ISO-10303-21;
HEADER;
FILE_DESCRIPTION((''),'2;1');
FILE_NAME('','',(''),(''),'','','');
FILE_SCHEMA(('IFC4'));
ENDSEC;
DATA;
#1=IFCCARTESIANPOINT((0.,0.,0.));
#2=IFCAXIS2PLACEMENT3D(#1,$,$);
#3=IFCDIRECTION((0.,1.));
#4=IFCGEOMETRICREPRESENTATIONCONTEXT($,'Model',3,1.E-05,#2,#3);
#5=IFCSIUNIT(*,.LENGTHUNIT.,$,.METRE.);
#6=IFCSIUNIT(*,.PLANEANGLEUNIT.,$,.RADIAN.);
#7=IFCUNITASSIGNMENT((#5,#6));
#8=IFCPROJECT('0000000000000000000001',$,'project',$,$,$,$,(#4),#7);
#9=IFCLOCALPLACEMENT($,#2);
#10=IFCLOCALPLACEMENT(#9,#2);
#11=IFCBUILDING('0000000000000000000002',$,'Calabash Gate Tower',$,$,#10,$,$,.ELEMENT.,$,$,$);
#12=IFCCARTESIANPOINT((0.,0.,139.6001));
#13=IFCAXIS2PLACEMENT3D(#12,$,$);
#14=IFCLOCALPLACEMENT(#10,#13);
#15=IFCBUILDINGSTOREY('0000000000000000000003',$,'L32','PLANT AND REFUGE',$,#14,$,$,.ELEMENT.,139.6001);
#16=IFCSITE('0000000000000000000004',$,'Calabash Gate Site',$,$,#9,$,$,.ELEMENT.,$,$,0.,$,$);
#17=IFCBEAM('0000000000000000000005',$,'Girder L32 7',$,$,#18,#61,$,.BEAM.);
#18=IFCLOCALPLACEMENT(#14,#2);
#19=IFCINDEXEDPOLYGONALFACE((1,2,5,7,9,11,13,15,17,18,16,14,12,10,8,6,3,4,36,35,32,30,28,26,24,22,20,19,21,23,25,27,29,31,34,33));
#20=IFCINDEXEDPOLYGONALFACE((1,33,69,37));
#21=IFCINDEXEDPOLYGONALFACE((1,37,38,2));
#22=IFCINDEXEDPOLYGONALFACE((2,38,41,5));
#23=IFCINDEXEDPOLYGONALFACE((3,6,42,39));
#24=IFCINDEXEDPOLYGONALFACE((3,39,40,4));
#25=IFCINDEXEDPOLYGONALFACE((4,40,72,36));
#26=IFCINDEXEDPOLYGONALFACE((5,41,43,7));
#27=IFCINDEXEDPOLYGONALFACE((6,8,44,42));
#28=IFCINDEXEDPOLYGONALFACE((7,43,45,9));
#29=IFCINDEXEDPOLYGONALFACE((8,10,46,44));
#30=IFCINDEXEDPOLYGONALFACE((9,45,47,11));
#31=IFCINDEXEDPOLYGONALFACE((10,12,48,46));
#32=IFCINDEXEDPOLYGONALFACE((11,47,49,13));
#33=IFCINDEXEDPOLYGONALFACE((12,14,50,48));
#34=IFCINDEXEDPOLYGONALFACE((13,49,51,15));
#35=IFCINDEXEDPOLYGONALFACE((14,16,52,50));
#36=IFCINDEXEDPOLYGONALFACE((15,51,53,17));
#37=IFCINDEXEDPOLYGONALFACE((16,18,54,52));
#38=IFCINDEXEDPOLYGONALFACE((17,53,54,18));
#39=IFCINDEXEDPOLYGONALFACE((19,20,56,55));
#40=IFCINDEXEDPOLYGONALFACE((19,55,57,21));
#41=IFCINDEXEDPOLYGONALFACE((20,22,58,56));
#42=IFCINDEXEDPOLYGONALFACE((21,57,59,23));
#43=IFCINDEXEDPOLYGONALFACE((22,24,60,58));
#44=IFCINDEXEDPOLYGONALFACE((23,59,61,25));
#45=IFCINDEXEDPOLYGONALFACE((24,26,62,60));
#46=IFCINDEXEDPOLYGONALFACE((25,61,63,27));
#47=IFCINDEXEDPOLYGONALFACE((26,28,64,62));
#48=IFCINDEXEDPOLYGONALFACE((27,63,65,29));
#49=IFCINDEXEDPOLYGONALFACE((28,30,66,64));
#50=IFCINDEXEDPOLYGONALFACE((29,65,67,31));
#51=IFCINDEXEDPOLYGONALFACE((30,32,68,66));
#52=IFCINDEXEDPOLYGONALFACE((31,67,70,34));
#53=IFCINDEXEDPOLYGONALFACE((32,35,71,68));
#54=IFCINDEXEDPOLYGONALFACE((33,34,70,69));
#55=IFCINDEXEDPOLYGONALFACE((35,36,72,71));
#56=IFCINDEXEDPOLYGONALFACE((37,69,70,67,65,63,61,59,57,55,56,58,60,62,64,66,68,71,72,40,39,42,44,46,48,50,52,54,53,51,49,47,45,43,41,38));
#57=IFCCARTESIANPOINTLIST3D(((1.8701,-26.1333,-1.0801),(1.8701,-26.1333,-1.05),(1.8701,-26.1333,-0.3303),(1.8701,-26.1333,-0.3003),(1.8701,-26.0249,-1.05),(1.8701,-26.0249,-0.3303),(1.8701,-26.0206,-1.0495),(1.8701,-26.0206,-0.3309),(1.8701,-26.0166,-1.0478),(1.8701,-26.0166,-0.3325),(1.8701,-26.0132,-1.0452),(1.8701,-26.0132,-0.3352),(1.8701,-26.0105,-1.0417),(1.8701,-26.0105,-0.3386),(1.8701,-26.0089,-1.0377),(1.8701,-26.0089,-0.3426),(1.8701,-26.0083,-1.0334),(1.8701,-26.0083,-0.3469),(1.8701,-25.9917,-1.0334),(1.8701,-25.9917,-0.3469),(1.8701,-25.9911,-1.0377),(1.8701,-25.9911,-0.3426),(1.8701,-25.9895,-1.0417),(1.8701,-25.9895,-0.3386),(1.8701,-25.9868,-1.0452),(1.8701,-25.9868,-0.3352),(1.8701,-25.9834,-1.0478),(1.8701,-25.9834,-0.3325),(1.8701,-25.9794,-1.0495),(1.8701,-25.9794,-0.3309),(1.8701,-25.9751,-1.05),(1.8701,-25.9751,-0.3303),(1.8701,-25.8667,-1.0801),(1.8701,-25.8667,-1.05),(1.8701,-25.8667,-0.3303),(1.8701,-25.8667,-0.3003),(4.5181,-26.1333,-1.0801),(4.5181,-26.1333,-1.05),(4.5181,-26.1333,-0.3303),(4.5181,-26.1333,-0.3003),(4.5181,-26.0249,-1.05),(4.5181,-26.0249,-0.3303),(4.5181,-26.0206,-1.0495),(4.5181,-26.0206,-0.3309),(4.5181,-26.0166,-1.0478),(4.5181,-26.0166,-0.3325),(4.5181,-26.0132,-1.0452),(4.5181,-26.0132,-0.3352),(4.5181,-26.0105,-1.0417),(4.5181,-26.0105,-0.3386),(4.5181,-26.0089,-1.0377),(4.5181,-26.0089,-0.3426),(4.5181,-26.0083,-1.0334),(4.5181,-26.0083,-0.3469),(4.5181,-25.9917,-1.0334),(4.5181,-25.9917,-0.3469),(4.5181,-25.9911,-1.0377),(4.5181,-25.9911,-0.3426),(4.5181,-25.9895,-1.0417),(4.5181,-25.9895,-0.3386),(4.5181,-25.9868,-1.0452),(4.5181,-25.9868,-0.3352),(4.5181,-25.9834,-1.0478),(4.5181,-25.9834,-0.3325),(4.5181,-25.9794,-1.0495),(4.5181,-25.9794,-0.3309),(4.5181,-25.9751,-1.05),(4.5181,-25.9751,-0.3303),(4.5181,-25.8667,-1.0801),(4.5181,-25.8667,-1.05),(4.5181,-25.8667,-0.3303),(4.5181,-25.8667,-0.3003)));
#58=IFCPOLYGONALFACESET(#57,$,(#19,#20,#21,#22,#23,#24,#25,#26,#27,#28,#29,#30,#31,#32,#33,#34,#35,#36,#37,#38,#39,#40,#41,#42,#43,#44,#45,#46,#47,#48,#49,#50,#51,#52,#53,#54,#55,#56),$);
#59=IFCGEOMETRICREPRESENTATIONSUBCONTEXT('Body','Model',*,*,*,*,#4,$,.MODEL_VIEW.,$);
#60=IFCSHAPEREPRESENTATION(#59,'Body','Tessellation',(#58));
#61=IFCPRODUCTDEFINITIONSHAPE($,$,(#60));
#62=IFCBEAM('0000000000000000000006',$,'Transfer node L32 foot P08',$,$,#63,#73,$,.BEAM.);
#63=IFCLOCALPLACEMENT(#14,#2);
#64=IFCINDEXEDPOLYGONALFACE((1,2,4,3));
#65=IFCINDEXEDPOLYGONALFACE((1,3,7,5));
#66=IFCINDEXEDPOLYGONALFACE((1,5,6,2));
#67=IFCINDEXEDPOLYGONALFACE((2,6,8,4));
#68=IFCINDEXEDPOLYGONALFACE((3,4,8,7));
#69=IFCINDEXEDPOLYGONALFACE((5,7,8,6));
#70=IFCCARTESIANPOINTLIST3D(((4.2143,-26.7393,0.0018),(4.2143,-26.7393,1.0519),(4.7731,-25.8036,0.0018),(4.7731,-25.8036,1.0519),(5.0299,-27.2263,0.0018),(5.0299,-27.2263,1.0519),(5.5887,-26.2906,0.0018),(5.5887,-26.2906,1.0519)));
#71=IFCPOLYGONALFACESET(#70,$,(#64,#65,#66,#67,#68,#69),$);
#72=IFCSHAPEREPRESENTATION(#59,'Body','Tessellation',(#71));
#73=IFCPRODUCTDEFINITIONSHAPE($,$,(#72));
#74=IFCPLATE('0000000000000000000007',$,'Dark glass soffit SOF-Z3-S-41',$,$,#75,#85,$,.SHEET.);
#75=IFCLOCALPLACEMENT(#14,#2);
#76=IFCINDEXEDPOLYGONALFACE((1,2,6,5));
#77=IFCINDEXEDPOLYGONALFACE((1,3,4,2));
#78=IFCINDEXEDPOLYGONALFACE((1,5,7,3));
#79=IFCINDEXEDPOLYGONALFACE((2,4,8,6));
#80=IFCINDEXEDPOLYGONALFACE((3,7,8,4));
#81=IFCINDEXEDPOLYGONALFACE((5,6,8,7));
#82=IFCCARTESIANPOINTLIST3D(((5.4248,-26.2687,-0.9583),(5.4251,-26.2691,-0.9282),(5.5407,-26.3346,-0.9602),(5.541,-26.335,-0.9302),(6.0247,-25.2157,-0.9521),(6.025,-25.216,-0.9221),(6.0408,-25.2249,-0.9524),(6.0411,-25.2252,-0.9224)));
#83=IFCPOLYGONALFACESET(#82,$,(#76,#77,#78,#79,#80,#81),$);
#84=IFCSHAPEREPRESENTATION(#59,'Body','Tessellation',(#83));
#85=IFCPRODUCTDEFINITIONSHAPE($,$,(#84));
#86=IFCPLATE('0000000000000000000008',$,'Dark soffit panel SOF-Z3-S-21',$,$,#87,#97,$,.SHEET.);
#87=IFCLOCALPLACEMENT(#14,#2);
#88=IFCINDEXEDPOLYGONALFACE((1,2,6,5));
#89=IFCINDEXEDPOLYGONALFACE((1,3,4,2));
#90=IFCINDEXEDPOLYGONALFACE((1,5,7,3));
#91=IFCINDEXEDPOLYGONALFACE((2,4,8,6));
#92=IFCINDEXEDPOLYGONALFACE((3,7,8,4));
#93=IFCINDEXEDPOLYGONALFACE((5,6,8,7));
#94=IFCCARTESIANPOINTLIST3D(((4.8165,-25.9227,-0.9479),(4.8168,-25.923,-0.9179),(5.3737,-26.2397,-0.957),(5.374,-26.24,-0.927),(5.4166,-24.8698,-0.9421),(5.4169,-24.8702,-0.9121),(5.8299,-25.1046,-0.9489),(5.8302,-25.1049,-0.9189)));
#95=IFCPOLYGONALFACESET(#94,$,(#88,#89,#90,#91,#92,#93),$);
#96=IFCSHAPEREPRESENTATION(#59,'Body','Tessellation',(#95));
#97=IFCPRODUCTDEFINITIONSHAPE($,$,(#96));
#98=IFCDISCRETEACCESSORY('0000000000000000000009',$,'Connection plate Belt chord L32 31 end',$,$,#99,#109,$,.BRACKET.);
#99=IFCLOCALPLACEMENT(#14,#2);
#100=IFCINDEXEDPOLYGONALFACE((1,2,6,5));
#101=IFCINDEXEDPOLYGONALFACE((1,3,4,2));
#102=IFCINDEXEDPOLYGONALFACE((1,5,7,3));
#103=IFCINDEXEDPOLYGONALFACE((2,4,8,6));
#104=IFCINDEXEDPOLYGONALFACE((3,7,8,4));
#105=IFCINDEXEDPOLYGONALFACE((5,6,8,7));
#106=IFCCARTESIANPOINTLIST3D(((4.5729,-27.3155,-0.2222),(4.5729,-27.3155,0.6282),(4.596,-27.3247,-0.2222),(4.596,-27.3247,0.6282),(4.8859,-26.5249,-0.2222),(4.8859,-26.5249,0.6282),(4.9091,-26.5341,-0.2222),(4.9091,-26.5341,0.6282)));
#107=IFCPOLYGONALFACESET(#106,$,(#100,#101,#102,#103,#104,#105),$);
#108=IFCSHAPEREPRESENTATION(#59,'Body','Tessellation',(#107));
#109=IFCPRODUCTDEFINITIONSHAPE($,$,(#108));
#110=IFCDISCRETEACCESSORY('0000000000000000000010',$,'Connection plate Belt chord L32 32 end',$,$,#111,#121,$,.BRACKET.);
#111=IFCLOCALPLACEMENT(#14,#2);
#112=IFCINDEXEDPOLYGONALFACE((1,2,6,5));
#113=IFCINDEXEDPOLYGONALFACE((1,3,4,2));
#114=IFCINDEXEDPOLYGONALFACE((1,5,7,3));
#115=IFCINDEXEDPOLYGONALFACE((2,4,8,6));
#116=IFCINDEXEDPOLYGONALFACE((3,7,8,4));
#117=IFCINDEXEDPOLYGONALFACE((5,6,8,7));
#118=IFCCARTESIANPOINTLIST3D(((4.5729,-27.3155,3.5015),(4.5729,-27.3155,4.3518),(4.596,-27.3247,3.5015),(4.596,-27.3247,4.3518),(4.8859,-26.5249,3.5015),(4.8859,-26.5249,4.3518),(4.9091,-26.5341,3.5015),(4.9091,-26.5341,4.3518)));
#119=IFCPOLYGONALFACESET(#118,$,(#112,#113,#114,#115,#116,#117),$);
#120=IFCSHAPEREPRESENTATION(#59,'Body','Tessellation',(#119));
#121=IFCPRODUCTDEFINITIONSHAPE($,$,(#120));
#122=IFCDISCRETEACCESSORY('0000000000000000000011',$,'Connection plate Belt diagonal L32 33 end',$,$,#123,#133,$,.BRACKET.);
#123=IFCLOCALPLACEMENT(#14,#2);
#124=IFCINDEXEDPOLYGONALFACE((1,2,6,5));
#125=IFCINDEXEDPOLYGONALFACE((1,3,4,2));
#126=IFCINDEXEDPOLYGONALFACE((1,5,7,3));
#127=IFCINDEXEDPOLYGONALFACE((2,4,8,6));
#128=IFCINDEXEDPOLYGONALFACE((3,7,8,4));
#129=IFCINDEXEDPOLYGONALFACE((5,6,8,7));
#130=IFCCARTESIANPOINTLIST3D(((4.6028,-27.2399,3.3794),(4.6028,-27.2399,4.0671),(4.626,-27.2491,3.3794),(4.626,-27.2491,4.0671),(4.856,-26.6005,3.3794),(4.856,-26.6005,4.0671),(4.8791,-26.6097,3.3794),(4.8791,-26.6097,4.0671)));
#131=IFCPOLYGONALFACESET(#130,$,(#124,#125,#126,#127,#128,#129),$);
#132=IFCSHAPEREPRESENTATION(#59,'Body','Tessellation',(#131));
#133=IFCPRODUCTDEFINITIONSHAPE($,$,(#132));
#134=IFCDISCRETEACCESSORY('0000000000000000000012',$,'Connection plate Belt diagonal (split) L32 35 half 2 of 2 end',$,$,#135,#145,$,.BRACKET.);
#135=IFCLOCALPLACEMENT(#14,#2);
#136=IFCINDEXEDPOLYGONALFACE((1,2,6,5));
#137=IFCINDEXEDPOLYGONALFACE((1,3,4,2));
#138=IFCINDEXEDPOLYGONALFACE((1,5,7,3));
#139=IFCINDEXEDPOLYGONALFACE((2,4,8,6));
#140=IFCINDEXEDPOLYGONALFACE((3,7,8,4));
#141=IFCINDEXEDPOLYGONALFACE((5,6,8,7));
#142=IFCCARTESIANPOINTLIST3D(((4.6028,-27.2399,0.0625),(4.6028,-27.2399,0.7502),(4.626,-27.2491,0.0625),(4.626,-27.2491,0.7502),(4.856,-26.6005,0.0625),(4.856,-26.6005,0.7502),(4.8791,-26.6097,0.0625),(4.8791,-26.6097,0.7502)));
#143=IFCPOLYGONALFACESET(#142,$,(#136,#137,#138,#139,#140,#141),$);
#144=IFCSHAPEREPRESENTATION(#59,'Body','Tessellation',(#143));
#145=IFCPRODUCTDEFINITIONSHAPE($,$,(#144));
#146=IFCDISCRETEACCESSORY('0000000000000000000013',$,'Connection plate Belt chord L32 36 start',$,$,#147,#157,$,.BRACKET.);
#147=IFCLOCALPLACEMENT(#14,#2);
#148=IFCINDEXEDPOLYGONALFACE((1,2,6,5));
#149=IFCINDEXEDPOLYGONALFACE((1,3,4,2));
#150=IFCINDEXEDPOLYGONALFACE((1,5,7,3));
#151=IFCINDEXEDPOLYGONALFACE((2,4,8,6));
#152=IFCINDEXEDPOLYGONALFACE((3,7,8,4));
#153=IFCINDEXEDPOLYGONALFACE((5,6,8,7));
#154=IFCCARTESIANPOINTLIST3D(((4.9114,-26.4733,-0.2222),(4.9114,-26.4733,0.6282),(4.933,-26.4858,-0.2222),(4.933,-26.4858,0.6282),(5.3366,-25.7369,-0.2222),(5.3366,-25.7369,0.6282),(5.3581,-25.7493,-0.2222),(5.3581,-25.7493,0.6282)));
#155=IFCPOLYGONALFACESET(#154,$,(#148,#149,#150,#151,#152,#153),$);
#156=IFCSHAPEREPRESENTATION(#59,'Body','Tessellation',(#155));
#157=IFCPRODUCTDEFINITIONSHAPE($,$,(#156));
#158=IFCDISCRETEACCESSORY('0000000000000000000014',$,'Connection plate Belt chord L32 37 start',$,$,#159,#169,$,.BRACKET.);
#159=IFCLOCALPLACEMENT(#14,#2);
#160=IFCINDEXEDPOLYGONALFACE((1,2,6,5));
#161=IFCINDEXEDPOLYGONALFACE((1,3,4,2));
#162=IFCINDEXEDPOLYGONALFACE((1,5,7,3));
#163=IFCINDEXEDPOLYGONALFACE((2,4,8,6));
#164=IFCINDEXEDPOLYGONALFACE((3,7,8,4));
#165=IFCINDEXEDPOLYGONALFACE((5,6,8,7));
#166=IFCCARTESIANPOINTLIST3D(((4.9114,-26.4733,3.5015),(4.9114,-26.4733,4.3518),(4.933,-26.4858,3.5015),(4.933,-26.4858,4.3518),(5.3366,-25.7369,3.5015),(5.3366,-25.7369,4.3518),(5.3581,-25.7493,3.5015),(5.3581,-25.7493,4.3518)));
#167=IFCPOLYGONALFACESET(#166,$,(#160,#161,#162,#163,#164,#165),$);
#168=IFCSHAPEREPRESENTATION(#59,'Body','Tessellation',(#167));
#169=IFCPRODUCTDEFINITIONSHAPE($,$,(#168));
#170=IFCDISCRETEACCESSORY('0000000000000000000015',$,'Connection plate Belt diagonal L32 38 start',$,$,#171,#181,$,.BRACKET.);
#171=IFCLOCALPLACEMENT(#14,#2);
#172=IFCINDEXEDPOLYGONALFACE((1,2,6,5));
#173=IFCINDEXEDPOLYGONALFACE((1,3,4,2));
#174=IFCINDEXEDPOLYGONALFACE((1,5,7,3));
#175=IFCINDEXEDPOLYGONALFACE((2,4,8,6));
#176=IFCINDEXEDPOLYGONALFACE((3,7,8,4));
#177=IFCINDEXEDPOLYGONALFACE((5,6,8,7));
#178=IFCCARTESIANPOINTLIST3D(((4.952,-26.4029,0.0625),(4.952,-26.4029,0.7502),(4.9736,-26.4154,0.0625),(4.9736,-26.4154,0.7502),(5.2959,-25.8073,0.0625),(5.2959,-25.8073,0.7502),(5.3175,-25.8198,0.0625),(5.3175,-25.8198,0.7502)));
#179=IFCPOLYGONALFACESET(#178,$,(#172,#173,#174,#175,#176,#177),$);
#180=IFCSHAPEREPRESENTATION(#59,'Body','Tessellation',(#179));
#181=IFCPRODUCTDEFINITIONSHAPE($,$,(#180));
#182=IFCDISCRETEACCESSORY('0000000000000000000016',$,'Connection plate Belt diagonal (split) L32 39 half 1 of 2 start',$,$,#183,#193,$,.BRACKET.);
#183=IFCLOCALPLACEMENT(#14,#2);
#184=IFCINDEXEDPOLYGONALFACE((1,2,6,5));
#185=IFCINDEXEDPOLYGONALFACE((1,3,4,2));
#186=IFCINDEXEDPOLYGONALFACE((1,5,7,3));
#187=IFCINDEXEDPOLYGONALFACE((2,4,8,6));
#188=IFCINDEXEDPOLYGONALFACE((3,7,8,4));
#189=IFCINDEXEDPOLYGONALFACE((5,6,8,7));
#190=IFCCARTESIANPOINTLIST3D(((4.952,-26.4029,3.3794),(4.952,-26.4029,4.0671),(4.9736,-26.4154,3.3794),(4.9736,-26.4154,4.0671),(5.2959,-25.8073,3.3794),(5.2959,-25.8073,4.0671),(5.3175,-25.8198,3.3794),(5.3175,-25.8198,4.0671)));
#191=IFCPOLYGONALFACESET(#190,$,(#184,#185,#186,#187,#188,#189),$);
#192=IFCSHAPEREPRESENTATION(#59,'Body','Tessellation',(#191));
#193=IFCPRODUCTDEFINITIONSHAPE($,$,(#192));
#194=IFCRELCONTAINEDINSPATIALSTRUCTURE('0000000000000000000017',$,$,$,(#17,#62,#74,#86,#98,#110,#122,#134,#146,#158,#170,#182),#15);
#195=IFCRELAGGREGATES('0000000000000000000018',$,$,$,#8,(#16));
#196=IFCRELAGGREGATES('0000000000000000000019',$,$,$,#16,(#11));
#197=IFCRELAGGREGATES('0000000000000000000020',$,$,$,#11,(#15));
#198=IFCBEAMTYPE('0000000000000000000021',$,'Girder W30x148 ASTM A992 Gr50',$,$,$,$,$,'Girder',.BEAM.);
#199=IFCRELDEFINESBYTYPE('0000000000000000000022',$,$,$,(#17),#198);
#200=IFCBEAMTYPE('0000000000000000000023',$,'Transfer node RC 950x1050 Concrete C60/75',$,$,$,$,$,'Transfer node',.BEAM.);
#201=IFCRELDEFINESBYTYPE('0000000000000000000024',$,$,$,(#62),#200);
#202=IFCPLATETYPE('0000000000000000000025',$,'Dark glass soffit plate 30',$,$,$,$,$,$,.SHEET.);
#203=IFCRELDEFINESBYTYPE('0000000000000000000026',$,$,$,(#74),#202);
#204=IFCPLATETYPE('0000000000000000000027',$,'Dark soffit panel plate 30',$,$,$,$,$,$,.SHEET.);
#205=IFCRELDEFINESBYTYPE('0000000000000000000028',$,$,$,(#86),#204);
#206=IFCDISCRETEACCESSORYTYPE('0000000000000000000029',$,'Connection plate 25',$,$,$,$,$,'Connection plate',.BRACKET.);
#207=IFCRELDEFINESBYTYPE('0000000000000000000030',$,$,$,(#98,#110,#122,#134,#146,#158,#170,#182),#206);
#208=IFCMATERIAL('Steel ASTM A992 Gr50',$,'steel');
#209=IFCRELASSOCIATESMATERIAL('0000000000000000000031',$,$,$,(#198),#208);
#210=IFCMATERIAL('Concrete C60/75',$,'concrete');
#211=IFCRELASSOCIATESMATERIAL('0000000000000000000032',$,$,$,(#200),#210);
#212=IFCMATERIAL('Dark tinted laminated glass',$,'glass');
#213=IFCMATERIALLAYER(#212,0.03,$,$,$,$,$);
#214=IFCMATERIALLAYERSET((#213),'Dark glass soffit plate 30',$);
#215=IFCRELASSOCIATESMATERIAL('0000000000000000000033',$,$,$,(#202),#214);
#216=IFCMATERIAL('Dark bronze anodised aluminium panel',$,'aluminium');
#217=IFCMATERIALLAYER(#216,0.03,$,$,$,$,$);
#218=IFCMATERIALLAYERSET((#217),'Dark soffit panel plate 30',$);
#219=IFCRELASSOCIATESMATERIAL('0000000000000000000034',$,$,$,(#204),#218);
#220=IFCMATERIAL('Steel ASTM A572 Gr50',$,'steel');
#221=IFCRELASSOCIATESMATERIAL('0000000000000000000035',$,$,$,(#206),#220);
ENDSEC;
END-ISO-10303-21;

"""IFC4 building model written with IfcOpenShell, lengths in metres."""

from ifc_helpers import new_model, si_unit, direction, frame, origin, origin_2d, place, context, subcontext, project, spatial, polyline, rectangle, i_section, outline, extrude, material, layer, layer_set, material_profile, profile_set, type_object, element, save


model = new_model("IFC4")

# Units and contexts
model_context = context("Model", 3, precision=1e-05, world=origin(), true_north=direction((0.0, 1.0)))
body_context = subcontext(model_context, "Body", "Model", "MODEL_VIEW")
ifc_project = project(units=[si_unit("LENGTHUNIT", "METRE"), si_unit("PLANEANGLEUNIT", "RADIAN")], contexts=[model_context])

# Site, building, storey
site_placement = place(None, origin())
site = spatial("IfcSite", under=ifc_project, at=site_placement, Name="Calabash Gate Site", CompositionType="ELEMENT", RefElevation=0.0)
building_placement = place(site_placement, origin())
building = spatial("IfcBuilding", under=site, at=building_placement, Name="Calabash Gate Tower", CompositionType="ELEMENT")
storey_placement = place(building_placement, frame((0.0, 0.0, 139.6001)))
storey = spatial("IfcBuildingStorey", under=building, at=storey_placement, Name="L32", Description="PLANT AND REFUGE", CompositionType="ELEMENT", Elevation=139.6001)

# Beams
ifc_material_1 = material(Name="Steel ASTM A992 Gr50", Category="steel")
ifc_material_profile_1 = material_profile(ifc_material_1, i_section(OverallWidth=0.2666, OverallDepth=0.7798, WebThickness=0.0166, FlangeThickness=0.03, FilletRadius=0.0166, at=origin_2d()))
ifc_profile_set_1 = profile_set([ifc_material_profile_1], Name="Steel ASTM A992 Gr50")
beam_type_1 = type_object("IfcBeamType", Name="Girder W30x148 ASTM A992 Gr50", ElementType="Girder", PredefinedType="BEAM", material=ifc_profile_set_1)
beam_1_placement = place(storey_placement, frame((1.8701, -26.0, -0.6902), z_axis=(1.0, 0.0, 0.0), x_axis=(0.0, 1.0, 0.0)))
element("IfcBeam", 1, at=beam_1_placement, inside=storey, type_object=beam_type_1, Name="Girder L32 7", PredefinedType="BEAM", context=body_context, shape_type="SweptSolid", body=[
    extrude(i_section(OverallWidth=0.2666, OverallDepth=0.7798, WebThickness=0.0166, FlangeThickness=0.03, FilletRadius=0.0166, at=origin_2d()), origin(), (0.0, 0.0, 1.0), 2.6479),
])
ifc_material_2 = material(Name="Concrete C60/75", Category="concrete")
ifc_material_profile_2 = material_profile(ifc_material_2, rectangle(XDim=0.95, YDim=1.05, at=origin_2d()))
ifc_profile_set_2 = profile_set([ifc_material_profile_2], Name="Concrete C60/75")
beam_type_2 = type_object("IfcBeamType", Name="Transfer node RC 950x1050 Concrete C60/75", ElementType="Transfer node", PredefinedType="BEAM", material=ifc_profile_set_2)
beam_2_placement = place(storey_placement, frame((5.1809, -26.0471, 0.5269), z_axis=(-0.512716, -0.858558, 0.0), x_axis=(0.858558, -0.512716, 0.0)))
element("IfcBeam", 2, at=beam_2_placement, inside=storey, type_object=beam_type_2, Name="Transfer node L32 foot P08", PredefinedType="BEAM", context=body_context, shape_type="SweptSolid", body=[
    extrude(rectangle(XDim=0.95, YDim=1.05, at=origin_2d()), origin(), (0.0, 0.0, 1.0), 1.0898),
])

# Plates
ifc_material_3 = material(Name="Dark tinted laminated glass", Category="glass")
ifc_layer_1 = layer(ifc_material_3, 0.03)
ifc_layer_set_1 = layer_set([ifc_layer_1], Name="Dark glass soffit plate 30")
plate_type_1 = type_object("IfcPlateType", Name="Dark glass soffit plate 30", PredefinedType="SHEET", material=ifc_layer_set_1)
plate_1_placement = place(storey_placement, frame((5.541, -26.335, -0.9302), z_axis=(0.010076, -0.011557, 0.999882), x_axis=(-0.869271, 0.494124, 0.014471)))
element("IfcPlate", 3, at=plate_1_placement, inside=storey, type_object=plate_type_1, Name="Dark glass soffit SOF-Z3-S-41", PredefinedType="SHEET", context=body_context, shape_type="SweptSolid", body=[
    extrude(outline(polyline([(0.0, 0.0), (0.1333, 0.0), (0.1323, -1.2119), (0.1138, -1.2119), (0.0, 0.0)])), origin(), (0.0, 0.0, -1.0), 0.03),
])
ifc_material_4 = material(Name="Dark bronze anodised aluminium panel", Category="aluminium")
ifc_layer_2 = layer(ifc_material_4, 0.03)
ifc_layer_set_2 = layer_set([ifc_layer_2], Name="Dark soffit panel plate 30")
plate_type_2 = type_object("IfcPlateType", Name="Dark soffit panel plate 30", PredefinedType="SHEET", material=ifc_layer_set_2)
plate_2_placement = place(storey_placement, frame((5.374, -26.24, -0.927), z_axis=(0.009994, -0.011184, 0.999888), x_axis=(-0.869139, 0.494363, 0.014217)))
element("IfcPlate", 4, at=plate_2_placement, inside=storey, type_object=plate_type_2, Name="Dark soffit panel SOF-Z3-S-21", PredefinedType="SHEET", context=body_context, shape_type="SweptSolid", body=[
    extrude(outline(polyline([(0.0, 0.0), (0.6411, 0.0), (0.6401, -1.2119), (0.1648, -1.2122), (0.0, 0.0)])), origin(), (0.0, 0.0, -1.0), 0.03),
])

# Discrete accessories
ifc_material_5 = material(Name="Steel ASTM A572 Gr50", Category="steel")
discrete_accessory_type_1 = type_object("IfcDiscreteAccessoryType", Name="Connection plate 25", ElementType="Connection plate", PredefinedType="BRACKET", material=ifc_material_5)
for number, where, z_axis, x_axis, name in (
    (5, (4.741, -26.9248, -0.2222), (0.0, 0.0, 1.0), (0.368137, 0.929771, 0.0), "Connection plate Belt chord L32 31 end"),
    (6, (4.741, -26.9248, 3.5015), (0.0, 0.0, 1.0), (0.368137, 0.929771, 0.0), "Connection plate Belt chord L32 32 end"),
):
    element("IfcDiscreteAccessory", number, at=place(storey_placement, frame(where, z_axis=z_axis, x_axis=x_axis)), inside=storey, type_object=discrete_accessory_type_1, Name=name, PredefinedType="BRACKET", context=body_context, shape_type="SweptSolid", body=[
        extrude(rectangle(XDim=0.8503, YDim=0.0249, at=origin_2d()), origin(), (0.0, 0.0, 1.0), 0.8503),
    ])
for number, where, z_axis, x_axis, name in (
    (7, (4.741, -26.9248, 3.3794), (0.0, 0.0, 1.0), (0.368137, 0.929771, 0.0), "Connection plate Belt diagonal L32 33 end"),
    (8, (4.741, -26.9248, 0.0625), (0.0, 0.0, 1.0), (0.368137, 0.929771, 0.0), "Connection plate Belt diagonal (split) L32 35 half 2 of 2 end"),
):
    element("IfcDiscreteAccessory", number, at=place(storey_placement, frame(where, z_axis=z_axis, x_axis=x_axis)), inside=storey, type_object=discrete_accessory_type_1, Name=name, PredefinedType="BRACKET", context=body_context, shape_type="SweptSolid", body=[
        extrude(rectangle(XDim=0.6877, YDim=0.0249, at=origin_2d()), origin(), (0.0, 0.0, 1.0), 0.6877),
    ])
for number, where, z_axis, x_axis, name in (
    (9, (5.1348, -26.1113, -0.2222), (0.0, 0.0, 1.0), (0.5, 0.866025, 0.0), "Connection plate Belt chord L32 36 start"),
    (10, (5.1348, -26.1113, 3.5015), (0.0, 0.0, 1.0), (0.499986, 0.866033, 0.0), "Connection plate Belt chord L32 37 start"),
):
    element("IfcDiscreteAccessory", number, at=place(storey_placement, frame(where, z_axis=z_axis, x_axis=x_axis)), inside=storey, type_object=discrete_accessory_type_1, Name=name, PredefinedType="BRACKET", context=body_context, shape_type="SweptSolid", body=[
        extrude(rectangle(XDim=0.8503, YDim=0.0249, at=origin_2d()), origin(), (0.0, 0.0, 1.0), 0.8503),
    ])
for number, where, z_axis, x_axis, name in (
    (11, (5.1348, -26.1113, 0.0625), (0.0, 0.0, 1.0), (0.5, 0.866025, 0.0), "Connection plate Belt diagonal L32 38 start"),
    (12, (5.1348, -26.1113, 3.3794), (0.0, 0.0, 1.0), (0.5, 0.866025, 0.0), "Connection plate Belt diagonal (split) L32 39 half 1 of 2 start"),
):
    element("IfcDiscreteAccessory", number, at=place(storey_placement, frame(where, z_axis=z_axis, x_axis=x_axis)), inside=storey, type_object=discrete_accessory_type_1, Name=name, PredefinedType="BRACKET", context=body_context, shape_type="SweptSolid", body=[
        extrude(rectangle(XDim=0.6877, YDim=0.0249, at=origin_2d()), origin(), (0.0, 0.0, 1.0), 0.6877),
    ])

save(model, "model.ifc")
